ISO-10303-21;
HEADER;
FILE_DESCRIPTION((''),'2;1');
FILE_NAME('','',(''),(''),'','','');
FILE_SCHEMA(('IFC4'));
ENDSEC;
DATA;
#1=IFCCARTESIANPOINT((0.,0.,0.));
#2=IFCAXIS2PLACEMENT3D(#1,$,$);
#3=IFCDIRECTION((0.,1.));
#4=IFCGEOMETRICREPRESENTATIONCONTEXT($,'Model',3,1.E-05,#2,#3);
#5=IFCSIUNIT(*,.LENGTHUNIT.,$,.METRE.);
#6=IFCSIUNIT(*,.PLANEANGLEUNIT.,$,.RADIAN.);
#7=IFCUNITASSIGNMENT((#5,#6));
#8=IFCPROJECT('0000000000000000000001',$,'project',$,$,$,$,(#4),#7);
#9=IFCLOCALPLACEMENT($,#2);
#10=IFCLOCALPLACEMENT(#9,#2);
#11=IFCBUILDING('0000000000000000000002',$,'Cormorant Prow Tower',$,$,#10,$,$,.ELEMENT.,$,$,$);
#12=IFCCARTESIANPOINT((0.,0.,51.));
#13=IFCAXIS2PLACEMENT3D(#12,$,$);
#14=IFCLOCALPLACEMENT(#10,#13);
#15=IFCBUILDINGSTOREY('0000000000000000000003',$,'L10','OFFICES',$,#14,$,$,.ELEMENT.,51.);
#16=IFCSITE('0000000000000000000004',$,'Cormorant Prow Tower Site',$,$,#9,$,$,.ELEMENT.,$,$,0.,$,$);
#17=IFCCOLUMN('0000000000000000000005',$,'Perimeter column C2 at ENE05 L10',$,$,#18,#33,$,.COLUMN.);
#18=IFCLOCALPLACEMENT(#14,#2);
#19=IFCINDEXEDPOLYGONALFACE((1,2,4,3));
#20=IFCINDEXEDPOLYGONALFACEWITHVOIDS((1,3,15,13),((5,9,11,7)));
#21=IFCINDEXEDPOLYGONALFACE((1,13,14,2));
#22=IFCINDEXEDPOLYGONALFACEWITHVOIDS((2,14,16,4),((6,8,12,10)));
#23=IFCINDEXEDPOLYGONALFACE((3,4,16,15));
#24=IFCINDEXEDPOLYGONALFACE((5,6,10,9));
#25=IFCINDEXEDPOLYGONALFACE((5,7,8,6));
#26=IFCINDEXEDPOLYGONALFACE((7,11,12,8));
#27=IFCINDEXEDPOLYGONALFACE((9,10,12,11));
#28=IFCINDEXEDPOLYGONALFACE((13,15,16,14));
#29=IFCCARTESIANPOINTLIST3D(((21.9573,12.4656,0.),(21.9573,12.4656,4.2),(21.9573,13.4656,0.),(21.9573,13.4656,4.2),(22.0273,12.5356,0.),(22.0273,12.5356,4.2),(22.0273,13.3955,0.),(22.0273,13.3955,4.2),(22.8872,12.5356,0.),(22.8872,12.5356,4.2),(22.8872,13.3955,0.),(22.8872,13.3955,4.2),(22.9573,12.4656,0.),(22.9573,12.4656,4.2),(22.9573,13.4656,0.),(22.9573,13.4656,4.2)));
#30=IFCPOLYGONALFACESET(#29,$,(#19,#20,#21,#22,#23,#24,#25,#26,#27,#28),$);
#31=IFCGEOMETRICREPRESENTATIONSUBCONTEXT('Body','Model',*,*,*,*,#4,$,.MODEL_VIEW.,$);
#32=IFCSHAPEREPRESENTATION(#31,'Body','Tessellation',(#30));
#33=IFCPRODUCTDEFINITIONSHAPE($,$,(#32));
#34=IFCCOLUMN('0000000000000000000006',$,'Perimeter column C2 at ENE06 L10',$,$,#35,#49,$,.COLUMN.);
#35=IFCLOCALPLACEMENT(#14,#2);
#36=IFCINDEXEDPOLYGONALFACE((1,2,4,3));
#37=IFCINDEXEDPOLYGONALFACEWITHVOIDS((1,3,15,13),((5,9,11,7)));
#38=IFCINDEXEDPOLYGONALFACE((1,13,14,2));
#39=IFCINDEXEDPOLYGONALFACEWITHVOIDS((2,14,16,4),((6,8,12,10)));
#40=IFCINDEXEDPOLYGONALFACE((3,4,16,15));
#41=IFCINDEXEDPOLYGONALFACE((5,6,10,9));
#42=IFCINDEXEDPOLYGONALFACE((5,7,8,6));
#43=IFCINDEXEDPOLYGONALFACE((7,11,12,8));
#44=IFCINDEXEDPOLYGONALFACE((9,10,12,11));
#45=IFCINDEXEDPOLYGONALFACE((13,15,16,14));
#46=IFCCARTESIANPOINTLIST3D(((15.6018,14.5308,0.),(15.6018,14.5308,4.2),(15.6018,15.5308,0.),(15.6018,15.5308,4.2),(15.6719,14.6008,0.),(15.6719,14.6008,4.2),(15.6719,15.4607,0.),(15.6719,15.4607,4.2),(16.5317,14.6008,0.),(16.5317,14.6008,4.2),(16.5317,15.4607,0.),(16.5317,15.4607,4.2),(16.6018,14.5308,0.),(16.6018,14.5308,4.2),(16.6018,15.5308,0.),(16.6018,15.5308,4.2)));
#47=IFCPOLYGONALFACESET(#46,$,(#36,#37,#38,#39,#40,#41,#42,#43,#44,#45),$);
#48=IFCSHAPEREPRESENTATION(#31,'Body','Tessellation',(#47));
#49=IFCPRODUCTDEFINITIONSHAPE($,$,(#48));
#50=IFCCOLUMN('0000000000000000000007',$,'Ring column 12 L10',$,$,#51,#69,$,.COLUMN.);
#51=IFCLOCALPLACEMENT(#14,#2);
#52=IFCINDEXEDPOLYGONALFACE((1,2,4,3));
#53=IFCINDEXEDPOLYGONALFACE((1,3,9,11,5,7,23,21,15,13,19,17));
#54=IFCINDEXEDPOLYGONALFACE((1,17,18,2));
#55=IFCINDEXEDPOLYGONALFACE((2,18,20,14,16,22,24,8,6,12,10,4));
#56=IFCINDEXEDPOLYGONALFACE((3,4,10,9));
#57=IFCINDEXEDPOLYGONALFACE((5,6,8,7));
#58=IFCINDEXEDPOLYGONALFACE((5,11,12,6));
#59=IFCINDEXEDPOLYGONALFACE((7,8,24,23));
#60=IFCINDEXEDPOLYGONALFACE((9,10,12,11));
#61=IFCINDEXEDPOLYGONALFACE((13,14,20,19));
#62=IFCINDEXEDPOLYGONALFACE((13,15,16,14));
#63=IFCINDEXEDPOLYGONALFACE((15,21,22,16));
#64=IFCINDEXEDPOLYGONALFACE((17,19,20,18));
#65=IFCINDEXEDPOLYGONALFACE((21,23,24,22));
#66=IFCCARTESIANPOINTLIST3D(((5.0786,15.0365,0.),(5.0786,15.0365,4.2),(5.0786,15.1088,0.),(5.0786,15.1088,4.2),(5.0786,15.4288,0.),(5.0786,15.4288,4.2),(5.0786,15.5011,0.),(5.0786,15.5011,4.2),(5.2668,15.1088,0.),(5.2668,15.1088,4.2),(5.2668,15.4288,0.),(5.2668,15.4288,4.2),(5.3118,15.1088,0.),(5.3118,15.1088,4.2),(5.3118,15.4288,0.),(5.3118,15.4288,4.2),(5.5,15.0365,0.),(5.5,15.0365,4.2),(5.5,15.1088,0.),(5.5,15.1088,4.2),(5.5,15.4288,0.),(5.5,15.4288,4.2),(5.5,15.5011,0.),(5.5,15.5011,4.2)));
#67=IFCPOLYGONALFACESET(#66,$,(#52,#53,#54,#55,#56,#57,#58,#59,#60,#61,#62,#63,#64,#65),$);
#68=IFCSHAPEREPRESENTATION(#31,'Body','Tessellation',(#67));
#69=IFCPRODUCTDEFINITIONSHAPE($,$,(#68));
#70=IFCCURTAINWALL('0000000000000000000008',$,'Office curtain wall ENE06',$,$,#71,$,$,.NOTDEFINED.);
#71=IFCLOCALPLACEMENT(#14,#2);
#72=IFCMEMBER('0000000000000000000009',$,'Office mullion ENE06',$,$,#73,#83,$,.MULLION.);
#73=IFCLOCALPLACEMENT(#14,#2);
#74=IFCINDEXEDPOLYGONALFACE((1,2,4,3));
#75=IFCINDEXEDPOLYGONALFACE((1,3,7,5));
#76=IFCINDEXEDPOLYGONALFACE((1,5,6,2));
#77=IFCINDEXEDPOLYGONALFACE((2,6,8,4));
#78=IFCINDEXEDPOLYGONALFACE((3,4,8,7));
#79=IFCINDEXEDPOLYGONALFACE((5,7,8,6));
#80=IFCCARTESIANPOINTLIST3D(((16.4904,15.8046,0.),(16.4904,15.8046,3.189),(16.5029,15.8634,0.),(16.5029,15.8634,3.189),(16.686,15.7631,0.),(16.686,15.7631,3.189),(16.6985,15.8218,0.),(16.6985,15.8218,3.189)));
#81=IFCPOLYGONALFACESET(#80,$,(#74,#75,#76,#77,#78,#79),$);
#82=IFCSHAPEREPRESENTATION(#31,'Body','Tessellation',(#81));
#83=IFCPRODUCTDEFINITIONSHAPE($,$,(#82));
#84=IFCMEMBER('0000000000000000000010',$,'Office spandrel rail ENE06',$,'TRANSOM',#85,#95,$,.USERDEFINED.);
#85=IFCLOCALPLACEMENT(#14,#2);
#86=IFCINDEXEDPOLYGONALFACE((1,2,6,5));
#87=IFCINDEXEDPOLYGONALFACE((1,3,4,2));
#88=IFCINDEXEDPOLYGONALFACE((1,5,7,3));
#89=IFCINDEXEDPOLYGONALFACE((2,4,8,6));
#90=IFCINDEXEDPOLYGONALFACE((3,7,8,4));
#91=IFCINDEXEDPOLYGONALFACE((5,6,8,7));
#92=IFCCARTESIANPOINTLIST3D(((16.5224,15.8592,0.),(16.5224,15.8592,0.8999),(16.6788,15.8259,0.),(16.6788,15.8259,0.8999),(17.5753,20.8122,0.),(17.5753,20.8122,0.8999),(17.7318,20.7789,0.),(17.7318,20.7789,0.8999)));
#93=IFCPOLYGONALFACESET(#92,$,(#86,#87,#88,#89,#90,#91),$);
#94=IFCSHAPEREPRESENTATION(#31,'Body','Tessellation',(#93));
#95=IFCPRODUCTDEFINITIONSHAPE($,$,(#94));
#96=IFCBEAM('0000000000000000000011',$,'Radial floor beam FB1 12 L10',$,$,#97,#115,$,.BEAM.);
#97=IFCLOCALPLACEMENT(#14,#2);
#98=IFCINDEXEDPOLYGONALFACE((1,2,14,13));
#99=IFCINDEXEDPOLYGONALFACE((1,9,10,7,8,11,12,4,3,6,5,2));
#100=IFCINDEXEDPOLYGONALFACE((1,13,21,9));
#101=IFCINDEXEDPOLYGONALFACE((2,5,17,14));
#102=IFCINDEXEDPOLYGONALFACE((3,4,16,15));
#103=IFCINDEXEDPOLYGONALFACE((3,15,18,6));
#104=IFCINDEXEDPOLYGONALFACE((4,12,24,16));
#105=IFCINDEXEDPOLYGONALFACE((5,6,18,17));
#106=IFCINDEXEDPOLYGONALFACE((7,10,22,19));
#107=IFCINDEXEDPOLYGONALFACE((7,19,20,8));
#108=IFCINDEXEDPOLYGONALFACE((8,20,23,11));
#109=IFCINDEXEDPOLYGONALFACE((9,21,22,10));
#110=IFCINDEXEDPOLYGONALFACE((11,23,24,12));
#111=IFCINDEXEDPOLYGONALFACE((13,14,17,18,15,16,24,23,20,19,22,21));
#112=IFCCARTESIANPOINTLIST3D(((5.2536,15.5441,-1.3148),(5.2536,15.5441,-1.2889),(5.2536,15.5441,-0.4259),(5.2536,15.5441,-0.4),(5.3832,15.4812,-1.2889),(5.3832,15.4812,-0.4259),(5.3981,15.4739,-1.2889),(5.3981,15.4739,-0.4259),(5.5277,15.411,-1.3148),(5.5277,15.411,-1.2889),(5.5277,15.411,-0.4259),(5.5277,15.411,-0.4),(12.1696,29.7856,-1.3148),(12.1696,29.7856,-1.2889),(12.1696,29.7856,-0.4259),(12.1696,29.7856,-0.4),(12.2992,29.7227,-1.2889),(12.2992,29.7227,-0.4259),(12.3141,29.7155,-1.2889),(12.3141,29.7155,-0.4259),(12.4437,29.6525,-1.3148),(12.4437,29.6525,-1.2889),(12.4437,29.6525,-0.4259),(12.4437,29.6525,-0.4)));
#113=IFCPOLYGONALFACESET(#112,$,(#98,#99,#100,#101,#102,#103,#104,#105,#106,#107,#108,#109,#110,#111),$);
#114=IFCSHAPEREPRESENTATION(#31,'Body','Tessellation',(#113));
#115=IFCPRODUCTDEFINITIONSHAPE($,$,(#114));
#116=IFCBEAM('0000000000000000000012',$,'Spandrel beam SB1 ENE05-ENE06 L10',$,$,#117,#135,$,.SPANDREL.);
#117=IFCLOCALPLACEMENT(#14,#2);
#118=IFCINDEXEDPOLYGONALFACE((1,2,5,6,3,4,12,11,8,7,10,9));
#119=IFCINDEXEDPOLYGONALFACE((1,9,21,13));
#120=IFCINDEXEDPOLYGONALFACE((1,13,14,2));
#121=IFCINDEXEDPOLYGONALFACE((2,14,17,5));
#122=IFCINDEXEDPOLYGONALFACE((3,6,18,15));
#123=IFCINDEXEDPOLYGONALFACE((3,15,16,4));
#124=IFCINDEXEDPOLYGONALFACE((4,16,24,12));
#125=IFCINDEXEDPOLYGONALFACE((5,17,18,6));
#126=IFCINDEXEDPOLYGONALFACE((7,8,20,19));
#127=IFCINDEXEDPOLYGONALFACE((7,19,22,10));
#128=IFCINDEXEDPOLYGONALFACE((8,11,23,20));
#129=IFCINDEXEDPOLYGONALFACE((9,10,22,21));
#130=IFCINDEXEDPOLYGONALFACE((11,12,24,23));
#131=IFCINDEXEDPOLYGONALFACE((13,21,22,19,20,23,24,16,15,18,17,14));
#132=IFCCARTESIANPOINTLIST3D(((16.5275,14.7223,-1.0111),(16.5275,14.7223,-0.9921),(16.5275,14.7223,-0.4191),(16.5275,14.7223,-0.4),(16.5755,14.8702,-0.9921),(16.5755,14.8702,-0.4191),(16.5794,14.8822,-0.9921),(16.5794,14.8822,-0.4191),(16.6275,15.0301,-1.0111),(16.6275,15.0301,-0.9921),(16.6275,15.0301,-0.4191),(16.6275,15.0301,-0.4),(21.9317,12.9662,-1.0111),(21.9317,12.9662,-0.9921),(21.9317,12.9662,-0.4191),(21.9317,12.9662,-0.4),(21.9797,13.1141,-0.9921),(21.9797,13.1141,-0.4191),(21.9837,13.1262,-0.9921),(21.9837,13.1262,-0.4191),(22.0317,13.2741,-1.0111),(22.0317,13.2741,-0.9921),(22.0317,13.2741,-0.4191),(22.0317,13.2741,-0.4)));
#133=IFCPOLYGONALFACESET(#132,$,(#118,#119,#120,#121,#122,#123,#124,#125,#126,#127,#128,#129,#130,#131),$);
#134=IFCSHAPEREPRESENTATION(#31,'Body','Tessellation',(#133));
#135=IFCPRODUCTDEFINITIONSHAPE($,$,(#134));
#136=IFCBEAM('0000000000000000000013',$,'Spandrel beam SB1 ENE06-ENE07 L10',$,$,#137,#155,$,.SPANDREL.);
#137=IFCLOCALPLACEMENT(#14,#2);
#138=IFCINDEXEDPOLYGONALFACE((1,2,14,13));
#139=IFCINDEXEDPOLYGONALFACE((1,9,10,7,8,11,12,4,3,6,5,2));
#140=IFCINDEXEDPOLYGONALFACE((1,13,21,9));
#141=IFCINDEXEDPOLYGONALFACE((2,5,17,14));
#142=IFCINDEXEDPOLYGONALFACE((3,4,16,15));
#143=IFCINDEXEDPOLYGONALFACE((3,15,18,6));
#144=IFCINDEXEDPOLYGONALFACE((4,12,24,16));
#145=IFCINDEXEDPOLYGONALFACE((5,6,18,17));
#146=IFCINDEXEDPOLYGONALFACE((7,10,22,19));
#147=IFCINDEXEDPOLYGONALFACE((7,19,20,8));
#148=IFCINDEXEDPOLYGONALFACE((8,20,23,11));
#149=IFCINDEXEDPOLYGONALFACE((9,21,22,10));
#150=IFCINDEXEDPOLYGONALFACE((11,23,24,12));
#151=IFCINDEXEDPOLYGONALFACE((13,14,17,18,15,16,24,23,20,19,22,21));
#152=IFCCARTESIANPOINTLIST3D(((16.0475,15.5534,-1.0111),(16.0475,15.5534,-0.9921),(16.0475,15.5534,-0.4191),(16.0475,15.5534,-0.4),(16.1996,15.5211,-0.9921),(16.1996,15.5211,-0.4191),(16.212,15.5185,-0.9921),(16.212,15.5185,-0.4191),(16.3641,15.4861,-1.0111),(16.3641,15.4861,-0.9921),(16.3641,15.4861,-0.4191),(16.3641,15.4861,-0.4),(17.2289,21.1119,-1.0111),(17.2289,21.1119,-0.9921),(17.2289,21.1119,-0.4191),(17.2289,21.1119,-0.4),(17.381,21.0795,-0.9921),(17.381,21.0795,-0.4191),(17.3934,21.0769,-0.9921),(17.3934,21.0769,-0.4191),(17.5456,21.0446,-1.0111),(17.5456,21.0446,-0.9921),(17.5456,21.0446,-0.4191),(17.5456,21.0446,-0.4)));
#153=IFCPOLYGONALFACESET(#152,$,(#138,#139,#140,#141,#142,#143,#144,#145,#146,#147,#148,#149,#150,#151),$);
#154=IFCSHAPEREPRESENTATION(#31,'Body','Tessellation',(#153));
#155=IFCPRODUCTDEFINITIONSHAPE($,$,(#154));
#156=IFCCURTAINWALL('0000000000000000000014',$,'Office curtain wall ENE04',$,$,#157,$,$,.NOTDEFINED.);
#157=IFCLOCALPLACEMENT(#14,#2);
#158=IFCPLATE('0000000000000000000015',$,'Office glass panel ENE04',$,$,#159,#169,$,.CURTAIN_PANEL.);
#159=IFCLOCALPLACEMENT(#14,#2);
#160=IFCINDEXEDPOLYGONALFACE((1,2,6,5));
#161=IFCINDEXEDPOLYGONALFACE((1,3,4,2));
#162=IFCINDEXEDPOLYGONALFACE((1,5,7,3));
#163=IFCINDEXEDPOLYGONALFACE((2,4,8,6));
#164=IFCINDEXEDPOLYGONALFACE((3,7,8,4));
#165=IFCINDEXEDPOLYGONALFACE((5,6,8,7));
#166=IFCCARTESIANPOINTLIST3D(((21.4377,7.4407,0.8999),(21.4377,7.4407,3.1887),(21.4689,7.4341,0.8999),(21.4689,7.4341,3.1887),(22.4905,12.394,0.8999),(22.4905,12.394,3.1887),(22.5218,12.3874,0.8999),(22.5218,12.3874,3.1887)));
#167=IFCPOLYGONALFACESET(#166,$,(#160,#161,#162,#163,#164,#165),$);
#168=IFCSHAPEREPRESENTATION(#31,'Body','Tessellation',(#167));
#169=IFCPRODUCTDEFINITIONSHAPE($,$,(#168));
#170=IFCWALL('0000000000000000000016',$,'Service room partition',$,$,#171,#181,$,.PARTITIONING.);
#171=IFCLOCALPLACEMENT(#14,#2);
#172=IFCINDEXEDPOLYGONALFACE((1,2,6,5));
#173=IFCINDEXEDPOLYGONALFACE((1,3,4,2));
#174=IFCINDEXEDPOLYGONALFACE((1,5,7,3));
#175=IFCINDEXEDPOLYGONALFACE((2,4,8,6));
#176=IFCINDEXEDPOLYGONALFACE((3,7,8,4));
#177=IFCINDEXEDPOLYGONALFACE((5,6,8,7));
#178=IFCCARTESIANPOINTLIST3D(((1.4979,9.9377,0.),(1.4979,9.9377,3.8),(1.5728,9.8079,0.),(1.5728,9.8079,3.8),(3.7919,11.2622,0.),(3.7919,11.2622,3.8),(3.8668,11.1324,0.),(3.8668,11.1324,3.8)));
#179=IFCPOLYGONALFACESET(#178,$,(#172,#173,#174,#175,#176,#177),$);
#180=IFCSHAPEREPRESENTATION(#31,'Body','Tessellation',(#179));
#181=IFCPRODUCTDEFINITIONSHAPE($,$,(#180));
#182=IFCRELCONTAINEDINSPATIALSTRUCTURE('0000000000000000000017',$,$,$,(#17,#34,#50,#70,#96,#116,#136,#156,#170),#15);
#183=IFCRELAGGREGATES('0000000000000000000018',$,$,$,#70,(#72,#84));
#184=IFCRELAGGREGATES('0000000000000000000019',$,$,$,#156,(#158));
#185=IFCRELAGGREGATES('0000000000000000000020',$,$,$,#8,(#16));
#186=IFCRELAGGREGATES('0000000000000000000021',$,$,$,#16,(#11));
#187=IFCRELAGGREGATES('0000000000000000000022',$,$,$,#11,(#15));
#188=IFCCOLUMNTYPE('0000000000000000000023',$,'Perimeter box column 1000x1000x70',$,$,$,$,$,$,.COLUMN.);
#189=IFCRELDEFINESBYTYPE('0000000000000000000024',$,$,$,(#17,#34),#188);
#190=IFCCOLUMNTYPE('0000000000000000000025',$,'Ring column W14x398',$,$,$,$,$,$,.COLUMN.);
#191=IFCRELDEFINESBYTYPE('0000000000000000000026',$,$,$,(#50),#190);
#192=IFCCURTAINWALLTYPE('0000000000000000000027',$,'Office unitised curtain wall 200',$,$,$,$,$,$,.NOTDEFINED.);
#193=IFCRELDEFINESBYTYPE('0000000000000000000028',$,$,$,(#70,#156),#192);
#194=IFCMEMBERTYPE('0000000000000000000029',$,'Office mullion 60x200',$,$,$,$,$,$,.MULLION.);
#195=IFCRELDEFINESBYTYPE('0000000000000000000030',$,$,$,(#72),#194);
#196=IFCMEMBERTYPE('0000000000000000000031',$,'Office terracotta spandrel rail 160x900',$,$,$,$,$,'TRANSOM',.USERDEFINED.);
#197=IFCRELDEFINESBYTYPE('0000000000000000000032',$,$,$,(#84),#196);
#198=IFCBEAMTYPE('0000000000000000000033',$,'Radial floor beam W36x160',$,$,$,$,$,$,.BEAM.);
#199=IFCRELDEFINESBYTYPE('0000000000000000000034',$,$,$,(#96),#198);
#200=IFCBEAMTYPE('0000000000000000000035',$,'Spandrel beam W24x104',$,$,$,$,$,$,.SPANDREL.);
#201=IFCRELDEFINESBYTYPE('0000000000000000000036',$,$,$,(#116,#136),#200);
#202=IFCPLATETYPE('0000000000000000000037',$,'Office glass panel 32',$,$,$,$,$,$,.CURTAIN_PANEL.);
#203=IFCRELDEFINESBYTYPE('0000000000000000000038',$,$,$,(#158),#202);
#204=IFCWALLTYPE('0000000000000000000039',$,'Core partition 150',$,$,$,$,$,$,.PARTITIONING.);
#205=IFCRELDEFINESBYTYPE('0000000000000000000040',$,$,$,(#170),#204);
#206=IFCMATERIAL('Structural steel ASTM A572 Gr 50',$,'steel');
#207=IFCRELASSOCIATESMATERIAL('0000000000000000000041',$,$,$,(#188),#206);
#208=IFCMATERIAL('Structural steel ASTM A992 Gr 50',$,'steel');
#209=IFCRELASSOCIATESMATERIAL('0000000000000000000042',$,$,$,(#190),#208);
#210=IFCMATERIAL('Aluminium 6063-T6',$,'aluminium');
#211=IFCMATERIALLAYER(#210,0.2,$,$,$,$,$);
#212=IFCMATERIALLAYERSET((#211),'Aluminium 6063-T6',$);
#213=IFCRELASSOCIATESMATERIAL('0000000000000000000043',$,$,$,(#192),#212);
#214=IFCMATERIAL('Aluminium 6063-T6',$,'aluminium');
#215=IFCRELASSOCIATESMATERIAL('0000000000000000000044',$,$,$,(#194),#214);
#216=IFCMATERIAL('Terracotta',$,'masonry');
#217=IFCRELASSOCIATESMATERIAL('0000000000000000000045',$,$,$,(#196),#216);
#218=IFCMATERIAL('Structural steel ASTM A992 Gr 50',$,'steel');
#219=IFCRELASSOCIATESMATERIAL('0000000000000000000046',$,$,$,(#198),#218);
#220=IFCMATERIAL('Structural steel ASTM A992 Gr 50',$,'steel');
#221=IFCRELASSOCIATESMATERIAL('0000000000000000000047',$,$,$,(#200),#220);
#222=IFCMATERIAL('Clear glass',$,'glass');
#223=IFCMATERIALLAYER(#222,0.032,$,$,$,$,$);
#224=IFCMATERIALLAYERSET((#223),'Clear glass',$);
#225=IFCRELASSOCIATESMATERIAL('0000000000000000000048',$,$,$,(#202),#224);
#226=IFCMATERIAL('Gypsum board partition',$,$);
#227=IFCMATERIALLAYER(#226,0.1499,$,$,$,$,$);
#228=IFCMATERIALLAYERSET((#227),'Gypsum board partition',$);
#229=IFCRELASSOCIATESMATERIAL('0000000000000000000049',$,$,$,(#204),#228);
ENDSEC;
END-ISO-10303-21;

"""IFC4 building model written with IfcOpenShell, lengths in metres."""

from ifc_helpers import new_model, si_unit, direction, frame, frame_2d, origin, origin_2d, place, context, subcontext, project, spatial, rectangle, hollow_rectangle, i_section, extrude, material, layer, layer_set, material_profile, profile_set, type_object, element, aggregate, save


model = new_model("IFC4")

# Units and contexts
model_context = context("Model", 3, precision=1e-05, world=origin(), true_north=direction((0.0, 1.0)))
body_context = subcontext(model_context, "Body", "Model", "MODEL_VIEW")
ifc_project = project(units=[si_unit("LENGTHUNIT", "METRE"), si_unit("PLANEANGLEUNIT", "RADIAN")], contexts=[model_context])

# Site, building, storey
site_placement = place(None, origin())
site = spatial("IfcSite", under=ifc_project, at=site_placement, Name="Cormorant Prow Tower Site", CompositionType="ELEMENT", RefElevation=0.0)
building_placement = place(site_placement, origin())
building = spatial("IfcBuilding", under=site, at=building_placement, Name="Cormorant Prow Tower", CompositionType="ELEMENT")
storey_placement = place(building_placement, frame((0.0, 0.0, 51.0)))
storey = spatial("IfcBuildingStorey", under=building, at=storey_placement, Name="L10", Description="OFFICES", CompositionType="ELEMENT", Elevation=51.0)

# Columns
ifc_material_1 = material(Name="Structural steel ASTM A572 Gr 50", Category="steel")
ifc_material_profile_1 = material_profile(ifc_material_1, hollow_rectangle(XDim=1.0, YDim=1.0, WallThickness=0.0701, at=origin_2d()), Name="Box 1000x1000x70")
ifc_profile_set_1 = profile_set([ifc_material_profile_1], Name="Structural steel ASTM A572 Gr 50")
column_type_1 = type_object("IfcColumnType", Name="Perimeter box column 1000x1000x70", PredefinedType="COLUMN", material=ifc_profile_set_1)
for number, where, z_axis, x_axis, name in (
    (1, (22.4573, 12.9656, 0.0), (0.0, 0.0, 1.0), (1.0, 0.0, 0.0), "Perimeter column C2 at ENE05 L10"),
    (2, (16.1018, 15.0308, 0.0), (0.0, 0.0, 1.0), (1.0, 0.0, 0.0), "Perimeter column C2 at ENE06 L10"),
):
    element("IfcColumn", number, at=place(storey_placement, frame(where, z_axis=z_axis, x_axis=x_axis)), inside=storey, type_object=column_type_1, Name=name, PredefinedType="COLUMN", context=body_context, shape_type="SweptSolid", body=[
        extrude(hollow_rectangle(XDim=1.0, YDim=1.0, WallThickness=0.0701, at=origin_2d()), origin(), (0.0, 0.0, 1.0), 4.2),
    ])
ifc_material_2 = material(Name="Structural steel ASTM A992 Gr 50", Category="steel")
ifc_material_profile_2 = material_profile(ifc_material_2, i_section(OverallWidth=0.4214, OverallDepth=0.4646, WebThickness=0.0449, FlangeThickness=0.0723, at=origin_2d()), Name="W14x398")
ifc_profile_set_2 = profile_set([ifc_material_profile_2], Name="Structural steel ASTM A992 Gr 50")
column_type_2 = type_object("IfcColumnType", Name="Ring column W14x398", PredefinedType="COLUMN", material=ifc_profile_set_2)
column_placement = place(storey_placement, frame((5.2893, 15.2688, 0.0), z_axis=(0.0, 0.0, 1.0), x_axis=(1.0, 0.0, 0.0)))
element("IfcColumn", 3, at=column_placement, inside=storey, type_object=column_type_2, Name="Ring column 12 L10", PredefinedType="COLUMN", context=body_context, shape_type="SweptSolid", body=[
    extrude(i_section(OverallWidth=0.4214, OverallDepth=0.4646, WebThickness=0.0449, FlangeThickness=0.0723, at=origin_2d()), origin(), (0.0, 0.0, 1.0), 4.2),
])

# Curtain wall, members
ifc_material_3 = material(Name="Aluminium 6063-T6", Category="aluminium")
ifc_layer_1 = layer(ifc_material_3, 0.2)
ifc_layer_set_1 = layer_set([ifc_layer_1], Name="Aluminium 6063-T6")
curtain_wall_type = type_object("IfcCurtainWallType", Name="Office unitised curtain wall 200", PredefinedType="NOTDEFINED", material=ifc_layer_set_1)
curtain_wall_1_placement = place(storey_placement, origin())
curtain_wall_1 = element("IfcCurtainWall", 4, at=curtain_wall_1_placement, inside=storey, type_object=curtain_wall_type, Name="Office curtain wall ENE06", PredefinedType="NOTDEFINED")
ifc_material_4 = material(Name="Aluminium 6063-T6", Category="aluminium")
ifc_material_profile_3 = material_profile(ifc_material_4, rectangle(XDim=0.2, YDim=0.0601, at=origin_2d()), Name="Office mullion 60x200")
ifc_profile_set_3 = profile_set([ifc_material_profile_3], Name="Aluminium 6063-T6")
member_type_1 = type_object("IfcMemberType", Name="Office mullion 60x200", PredefinedType="MULLION", material=ifc_profile_set_3)
member_1_placement = place(storey_placement, frame((16.5945, 15.8132, 0.0), z_axis=(0.0, 0.0, 1.0), x_axis=(-0.978148, 0.207912, 0.0)))
member_1 = element("IfcMember", 5, at=member_1_placement, type_object=member_type_1, Name="Office mullion ENE06", PredefinedType="MULLION", context=body_context, shape_type="SweptSolid", body=[
    extrude(rectangle(XDim=0.2, YDim=0.0601, at=origin_2d()), origin(), (0.0, 0.0, 1.0), 3.189),
])
ifc_material_5 = material(Name="Terracotta", Category="masonry")
ifc_material_profile_4 = material_profile(ifc_material_5, rectangle(XDim=0.1599, YDim=0.8999, at=origin_2d()), Name="Office terracotta spandrel rail 160x900")
ifc_profile_set_4 = profile_set([ifc_material_profile_4], Name="Terracotta")
member_type_2 = type_object("IfcMemberType", Name="Office terracotta spandrel rail 160x900", ElementType="TRANSOM", PredefinedType="USERDEFINED", material=ifc_profile_set_4)
member_2_placement = place(storey_placement, frame((16.6006, 15.8425, 0.45), z_axis=(0.207942, 0.978141, 0.0), x_axis=(-0.978141, 0.207942, 0.0)))
member_2 = element("IfcMember", 6, at=member_2_placement, type_object=member_type_2, Name="Office spandrel rail ENE06", ObjectType="TRANSOM", PredefinedType="USERDEFINED", context=body_context, shape_type="SweptSolid", body=[
    extrude(rectangle(XDim=0.1599, YDim=0.8999, at=origin_2d()), origin(), (0.0, 0.0, 1.0), 5.0637),
])
aggregate(curtain_wall_1, [member_1, member_2])

# Beams
ifc_material_6 = material(Name="Structural steel ASTM A992 Gr 50", Category="steel")
ifc_material_profile_5 = material_profile(ifc_material_6, i_section(OverallWidth=0.3047, OverallDepth=0.9148, WebThickness=0.0166, FlangeThickness=0.0259, at=origin_2d()), Name="W36x160")
ifc_profile_set_5 = profile_set([ifc_material_profile_5], Name="Structural steel ASTM A992 Gr 50")
beam_type_1 = type_object("IfcBeamType", Name="Radial floor beam W36x160", PredefinedType="BEAM", material=ifc_profile_set_5)
beam_1_placement = place(storey_placement, frame((5.3906, 15.4775, -0.8574), z_axis=(0.436839, 0.899539, 0.0), x_axis=(-0.899539, 0.436839, 0.0)))
element("IfcBeam", 7, at=beam_1_placement, inside=storey, type_object=beam_type_1, Name="Radial floor beam FB1 12 L10", PredefinedType="BEAM", context=body_context, shape_type="SweptSolid", body=[
    extrude(i_section(OverallWidth=0.3047, OverallDepth=0.9148, WebThickness=0.0166, FlangeThickness=0.0259, at=origin_2d()), origin(), (0.0, 0.0, 1.0), 15.832),
])
ifc_material_7 = material(Name="Structural steel ASTM A992 Gr 50", Category="steel")
ifc_material_profile_6 = material_profile(ifc_material_7, i_section(OverallWidth=0.3237, OverallDepth=0.6111, WebThickness=0.0127, FlangeThickness=0.019, at=origin_2d()), Name="W24x104")
ifc_profile_set_6 = profile_set([ifc_material_profile_6], Name="Structural steel ASTM A992 Gr 50")
beam_type_2 = type_object("IfcBeamType", Name="Spandrel beam W24x104", PredefinedType="SPANDREL", material=ifc_profile_set_6)
beam_2_placement = place(storey_placement, frame((21.9817, 13.1201, -0.7056), z_axis=(-0.951049, 0.309039, 0.0), x_axis=(-0.309039, -0.951049, 0.0)))
element("IfcBeam", 8, at=beam_2_placement, inside=storey, type_object=beam_type_2, Name="Spandrel beam SB1 ENE05-ENE06 L10", PredefinedType="SPANDREL", context=body_context, shape_type="SweptSolid", body=[
    extrude(i_section(OverallWidth=0.3237, OverallDepth=0.6111, WebThickness=0.0127, FlangeThickness=0.019, at=origin_2d()), origin(), (0.0, 0.0, 1.0), 5.6824),
])
beam_3_placement = place(storey_placement, frame((16.2058, 15.5198, -0.7056), z_axis=(0.2079, 0.97815, 0.0), x_axis=(-0.97815, 0.2079, 0.0)))
element("IfcBeam", 9, at=beam_3_placement, inside=storey, type_object=beam_type_2, Name="Spandrel beam SB1 ENE06-ENE07 L10", PredefinedType="SPANDREL", context=body_context, shape_type="SweptSolid", body=[
    extrude(i_section(OverallWidth=0.3237, OverallDepth=0.6111, WebThickness=0.0127, FlangeThickness=0.019, at=origin_2d()), origin(), (0.0, 0.0, 1.0), 5.6826),
])

# Curtain wall, plate
curtain_wall_2_placement = place(storey_placement, origin())
curtain_wall_2 = element("IfcCurtainWall", 10, at=curtain_wall_2_placement, inside=storey, type_object=curtain_wall_type, Name="Office curtain wall ENE04", PredefinedType="NOTDEFINED")
ifc_material_8 = material(Name="Clear glass", Category="glass")
ifc_layer_2 = layer(ifc_material_8, 0.032)
ifc_layer_set_2 = layer_set([ifc_layer_2], Name="Clear glass")
plate_type = type_object("IfcPlateType", Name="Office glass panel 32", PredefinedType="CURTAIN_PANEL", material=ifc_layer_set_2)
plate_placement = place(storey_placement, frame((21.9797, 9.9141, 0.8999), z_axis=(0.0, 0.0, 1.0), x_axis=(0.207912, 0.978148, 0.0)))
plate = element("IfcPlate", 11, at=plate_placement, type_object=plate_type, Name="Office glass panel ENE04", PredefinedType="CURTAIN_PANEL", context=body_context, shape_type="SweptSolid", body=[
    extrude(rectangle(XDim=5.064, YDim=0.032, at=origin_2d()), origin(), (0.0, 0.0, 1.0), 2.2888),
])
aggregate(curtain_wall_2, [plate])

# Wall
ifc_material_9 = material(Name="Gypsum board partition")
ifc_layer_3 = layer(ifc_material_9, 0.1499)
ifc_layer_set_3 = layer_set([ifc_layer_3], Name="Gypsum board partition")
wall_type_1 = type_object("IfcWallType", Name="Core partition 150", PredefinedType="PARTITIONING", material=ifc_layer_set_3)
wall_1_placement = place(storey_placement, frame((3.8293, 11.1973, 0.0), z_axis=(0.0, 0.0, 1.0), x_axis=(-0.866017, -0.500015, 0.0)))
element("IfcWall", 12, at=wall_1_placement, inside=storey, type_object=wall_type_1, Name="Service room partition", PredefinedType="PARTITIONING", context=body_context, shape_type="SweptSolid", body=[
    extrude(rectangle(XDim=2.6489, YDim=0.1499, at=frame_2d((1.3245, 0.0))), origin(), (0.0, 0.0, 1.0), 3.8),
])

save(model, "model.ifc")
